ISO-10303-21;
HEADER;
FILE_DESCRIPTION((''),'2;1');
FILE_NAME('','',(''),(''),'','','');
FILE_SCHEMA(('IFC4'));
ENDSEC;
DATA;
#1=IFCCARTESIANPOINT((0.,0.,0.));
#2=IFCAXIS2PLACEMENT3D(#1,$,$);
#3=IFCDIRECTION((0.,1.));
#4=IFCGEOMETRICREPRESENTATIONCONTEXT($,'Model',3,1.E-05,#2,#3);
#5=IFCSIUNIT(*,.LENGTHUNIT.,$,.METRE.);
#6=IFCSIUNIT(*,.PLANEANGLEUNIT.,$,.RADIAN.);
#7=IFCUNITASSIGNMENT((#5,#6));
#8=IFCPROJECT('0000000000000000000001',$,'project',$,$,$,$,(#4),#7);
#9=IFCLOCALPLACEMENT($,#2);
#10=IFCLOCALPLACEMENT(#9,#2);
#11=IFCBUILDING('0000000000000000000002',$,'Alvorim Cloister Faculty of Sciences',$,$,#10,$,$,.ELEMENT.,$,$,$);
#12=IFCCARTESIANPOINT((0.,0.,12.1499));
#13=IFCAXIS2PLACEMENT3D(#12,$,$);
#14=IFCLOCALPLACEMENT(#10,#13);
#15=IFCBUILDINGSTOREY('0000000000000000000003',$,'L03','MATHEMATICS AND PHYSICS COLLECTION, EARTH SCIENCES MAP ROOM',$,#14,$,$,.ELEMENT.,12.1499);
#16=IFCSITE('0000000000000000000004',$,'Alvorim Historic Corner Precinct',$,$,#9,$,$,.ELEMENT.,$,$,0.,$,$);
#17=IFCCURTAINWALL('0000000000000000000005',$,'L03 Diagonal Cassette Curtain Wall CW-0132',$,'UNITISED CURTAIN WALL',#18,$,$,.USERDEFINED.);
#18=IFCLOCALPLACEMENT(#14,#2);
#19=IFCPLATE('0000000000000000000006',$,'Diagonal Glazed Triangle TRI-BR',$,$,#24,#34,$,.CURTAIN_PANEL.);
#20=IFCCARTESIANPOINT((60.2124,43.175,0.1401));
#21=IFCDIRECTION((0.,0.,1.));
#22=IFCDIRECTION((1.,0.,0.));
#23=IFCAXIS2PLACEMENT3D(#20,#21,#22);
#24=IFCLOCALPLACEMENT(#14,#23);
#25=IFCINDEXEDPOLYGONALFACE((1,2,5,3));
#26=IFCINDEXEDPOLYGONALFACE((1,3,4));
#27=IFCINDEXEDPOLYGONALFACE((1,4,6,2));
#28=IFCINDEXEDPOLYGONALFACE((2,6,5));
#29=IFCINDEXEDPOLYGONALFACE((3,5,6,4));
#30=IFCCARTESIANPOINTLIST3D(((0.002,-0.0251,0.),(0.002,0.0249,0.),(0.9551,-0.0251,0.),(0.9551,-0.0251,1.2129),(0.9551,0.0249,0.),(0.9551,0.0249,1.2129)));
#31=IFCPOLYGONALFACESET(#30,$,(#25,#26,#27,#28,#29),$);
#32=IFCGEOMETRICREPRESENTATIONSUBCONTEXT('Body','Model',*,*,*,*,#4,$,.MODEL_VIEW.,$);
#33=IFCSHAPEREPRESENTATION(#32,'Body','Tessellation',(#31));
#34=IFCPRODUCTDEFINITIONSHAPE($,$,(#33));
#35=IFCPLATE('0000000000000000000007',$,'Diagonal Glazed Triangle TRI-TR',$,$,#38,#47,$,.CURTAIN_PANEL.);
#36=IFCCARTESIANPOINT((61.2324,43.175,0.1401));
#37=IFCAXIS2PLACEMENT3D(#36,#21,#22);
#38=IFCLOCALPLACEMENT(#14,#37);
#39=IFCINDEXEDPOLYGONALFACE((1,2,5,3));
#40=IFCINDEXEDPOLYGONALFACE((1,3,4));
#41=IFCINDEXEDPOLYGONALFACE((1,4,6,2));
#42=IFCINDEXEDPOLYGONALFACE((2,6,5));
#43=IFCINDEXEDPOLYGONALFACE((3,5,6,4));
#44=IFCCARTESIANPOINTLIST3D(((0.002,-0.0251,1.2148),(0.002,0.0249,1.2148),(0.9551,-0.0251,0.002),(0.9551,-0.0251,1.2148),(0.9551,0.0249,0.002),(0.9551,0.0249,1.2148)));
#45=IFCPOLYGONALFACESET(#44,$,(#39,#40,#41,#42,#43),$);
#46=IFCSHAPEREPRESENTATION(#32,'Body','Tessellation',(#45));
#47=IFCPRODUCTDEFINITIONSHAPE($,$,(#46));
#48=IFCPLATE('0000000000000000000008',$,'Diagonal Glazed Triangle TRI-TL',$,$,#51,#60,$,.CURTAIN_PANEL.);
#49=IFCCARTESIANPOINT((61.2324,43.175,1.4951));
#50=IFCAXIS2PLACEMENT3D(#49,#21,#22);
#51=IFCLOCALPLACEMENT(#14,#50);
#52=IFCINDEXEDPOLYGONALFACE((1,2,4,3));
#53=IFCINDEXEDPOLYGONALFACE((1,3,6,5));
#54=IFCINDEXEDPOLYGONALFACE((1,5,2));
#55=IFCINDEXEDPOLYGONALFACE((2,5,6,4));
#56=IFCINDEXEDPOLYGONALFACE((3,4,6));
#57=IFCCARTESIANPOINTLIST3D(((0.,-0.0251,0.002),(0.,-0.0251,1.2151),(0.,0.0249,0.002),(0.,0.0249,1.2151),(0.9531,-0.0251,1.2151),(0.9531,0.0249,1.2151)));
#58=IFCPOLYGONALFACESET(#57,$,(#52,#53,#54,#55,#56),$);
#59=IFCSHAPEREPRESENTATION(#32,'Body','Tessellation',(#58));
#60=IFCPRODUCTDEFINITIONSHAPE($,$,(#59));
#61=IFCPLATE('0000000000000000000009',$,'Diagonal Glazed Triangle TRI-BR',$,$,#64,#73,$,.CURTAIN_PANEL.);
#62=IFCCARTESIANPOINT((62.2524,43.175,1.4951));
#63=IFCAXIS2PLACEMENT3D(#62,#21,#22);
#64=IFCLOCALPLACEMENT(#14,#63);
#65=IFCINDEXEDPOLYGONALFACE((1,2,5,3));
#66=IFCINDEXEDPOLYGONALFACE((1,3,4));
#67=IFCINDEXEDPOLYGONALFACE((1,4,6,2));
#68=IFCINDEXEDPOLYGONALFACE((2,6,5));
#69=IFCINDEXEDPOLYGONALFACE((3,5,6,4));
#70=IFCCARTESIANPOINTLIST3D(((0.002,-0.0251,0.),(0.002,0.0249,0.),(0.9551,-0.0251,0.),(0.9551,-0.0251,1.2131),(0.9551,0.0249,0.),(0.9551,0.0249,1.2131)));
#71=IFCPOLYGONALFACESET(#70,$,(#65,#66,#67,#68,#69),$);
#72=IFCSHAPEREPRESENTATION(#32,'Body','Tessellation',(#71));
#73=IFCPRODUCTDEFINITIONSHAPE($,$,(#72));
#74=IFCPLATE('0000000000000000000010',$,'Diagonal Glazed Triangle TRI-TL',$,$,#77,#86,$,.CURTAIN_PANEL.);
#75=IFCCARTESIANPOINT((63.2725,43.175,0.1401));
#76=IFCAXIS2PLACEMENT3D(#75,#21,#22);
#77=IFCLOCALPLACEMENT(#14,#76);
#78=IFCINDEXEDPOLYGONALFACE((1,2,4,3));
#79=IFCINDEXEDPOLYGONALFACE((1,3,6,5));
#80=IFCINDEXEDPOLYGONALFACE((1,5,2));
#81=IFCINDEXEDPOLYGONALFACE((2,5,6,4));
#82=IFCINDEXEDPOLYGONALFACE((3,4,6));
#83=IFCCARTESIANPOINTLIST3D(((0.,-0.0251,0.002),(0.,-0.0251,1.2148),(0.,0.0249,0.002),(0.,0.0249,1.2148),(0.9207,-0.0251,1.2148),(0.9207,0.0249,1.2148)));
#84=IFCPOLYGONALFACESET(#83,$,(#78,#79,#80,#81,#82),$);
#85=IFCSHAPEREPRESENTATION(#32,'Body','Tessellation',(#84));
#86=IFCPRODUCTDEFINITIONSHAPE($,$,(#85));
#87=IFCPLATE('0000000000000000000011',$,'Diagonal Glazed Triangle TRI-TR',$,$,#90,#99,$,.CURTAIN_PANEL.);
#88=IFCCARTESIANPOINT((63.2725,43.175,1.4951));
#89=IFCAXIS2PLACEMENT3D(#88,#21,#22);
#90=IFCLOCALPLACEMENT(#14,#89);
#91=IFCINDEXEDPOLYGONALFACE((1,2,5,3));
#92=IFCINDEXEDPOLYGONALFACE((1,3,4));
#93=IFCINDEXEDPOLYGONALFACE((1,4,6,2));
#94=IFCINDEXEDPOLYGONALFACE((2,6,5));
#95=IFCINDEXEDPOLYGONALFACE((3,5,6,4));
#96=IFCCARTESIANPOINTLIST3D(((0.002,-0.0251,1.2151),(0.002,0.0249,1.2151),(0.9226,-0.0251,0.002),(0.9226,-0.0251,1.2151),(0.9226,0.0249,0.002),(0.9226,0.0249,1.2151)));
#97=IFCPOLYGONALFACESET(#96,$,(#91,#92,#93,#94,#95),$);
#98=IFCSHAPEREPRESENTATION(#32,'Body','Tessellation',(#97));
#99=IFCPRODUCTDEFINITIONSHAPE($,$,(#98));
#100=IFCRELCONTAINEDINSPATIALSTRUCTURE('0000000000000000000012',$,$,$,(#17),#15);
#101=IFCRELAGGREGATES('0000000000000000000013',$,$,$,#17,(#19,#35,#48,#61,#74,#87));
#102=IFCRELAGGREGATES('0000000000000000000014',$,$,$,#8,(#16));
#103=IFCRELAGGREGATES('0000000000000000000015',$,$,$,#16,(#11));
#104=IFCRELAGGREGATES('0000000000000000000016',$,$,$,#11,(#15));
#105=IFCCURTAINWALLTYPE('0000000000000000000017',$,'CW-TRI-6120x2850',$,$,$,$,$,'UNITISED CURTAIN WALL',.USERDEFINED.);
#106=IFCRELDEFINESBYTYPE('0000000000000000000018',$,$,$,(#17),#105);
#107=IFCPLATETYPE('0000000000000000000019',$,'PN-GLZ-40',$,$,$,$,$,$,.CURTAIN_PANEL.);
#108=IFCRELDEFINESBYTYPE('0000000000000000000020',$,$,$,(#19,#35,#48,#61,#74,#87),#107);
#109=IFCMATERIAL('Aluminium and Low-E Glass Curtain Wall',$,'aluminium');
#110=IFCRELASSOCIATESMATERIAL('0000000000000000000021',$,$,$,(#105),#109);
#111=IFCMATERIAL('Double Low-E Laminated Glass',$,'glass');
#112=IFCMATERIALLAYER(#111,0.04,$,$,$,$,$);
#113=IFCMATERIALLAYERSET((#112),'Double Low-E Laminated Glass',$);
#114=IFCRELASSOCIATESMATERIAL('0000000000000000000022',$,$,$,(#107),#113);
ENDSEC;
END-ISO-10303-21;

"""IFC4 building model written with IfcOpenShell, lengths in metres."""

from ifc_helpers import new_model, si_unit, direction, frame, origin, place, context, subcontext, project, spatial, polyline, outline, extrude, material, layer, layer_set, type_object, element, aggregate, save


model = new_model("IFC4")

# Units and contexts
model_context = context("Model", 3, precision=1e-05, world=origin(), true_north=direction((0.0, 1.0)))
body_context = subcontext(model_context, "Body", "Model", "MODEL_VIEW")
ifc_project = project(units=[si_unit("LENGTHUNIT", "METRE"), si_unit("PLANEANGLEUNIT", "RADIAN")], contexts=[model_context])

# Site, building, storey
site_placement = place(None, origin())
site = spatial("IfcSite", under=ifc_project, at=site_placement, Name="Alvorim Historic Corner Precinct", CompositionType="ELEMENT", RefElevation=0.0)
building_placement = place(site_placement, origin())
building = spatial("IfcBuilding", under=site, at=building_placement, Name="Alvorim Cloister Faculty of Sciences", CompositionType="ELEMENT")
storey_placement = place(building_placement, frame((0.0, 0.0, 12.1499)))
storey = spatial("IfcBuildingStorey", under=building, at=storey_placement, Name="L03", Description="MATHEMATICS AND PHYSICS COLLECTION, EARTH SCIENCES MAP ROOM", CompositionType="ELEMENT", Elevation=12.1499)

# Curtain wall, plates
ifc_material_1 = material(Name="Aluminium and Low-E Glass Curtain Wall", Category="aluminium")
curtain_wall_type = type_object("IfcCurtainWallType", Name="CW-TRI-6120x2850", ElementType="UNITISED CURTAIN WALL", PredefinedType="USERDEFINED", material=ifc_material_1)
curtain_wall_placement = place(storey_placement, origin())
curtain_wall = element("IfcCurtainWall", 1, at=curtain_wall_placement, inside=storey, type_object=curtain_wall_type, Name="L03 Diagonal Cassette Curtain Wall CW-0132", ObjectType="UNITISED CURTAIN WALL", PredefinedType="USERDEFINED")
ifc_material_2 = material(Name="Double Low-E Laminated Glass", Category="glass")
ifc_layer = layer(ifc_material_2, 0.04)
ifc_layer_set = layer_set([ifc_layer], Name="Double Low-E Laminated Glass")
plate_type = type_object("IfcPlateType", Name="PN-GLZ-40", PredefinedType="CURTAIN_PANEL", material=ifc_layer_set)
plate_1_placement = place(storey_placement, frame((60.2124, 43.175, 0.1401), z_axis=(0.0, 0.0, 1.0), x_axis=(1.0, 0.0, 0.0)))
plate_1 = element("IfcPlate", 2, at=plate_1_placement, type_object=plate_type, Name="Diagonal Glazed Triangle TRI-BR", PredefinedType="CURTAIN_PANEL", context=body_context, shape_type="SweptSolid", body=[
    extrude(outline(polyline([(0.002, 0.0), (0.9551, 0.0), (0.9551, 1.2129), (0.002, 0.0)])), frame((0.0, 0.0249, 0.0), z_axis=(0.0, -1.0, 0.0), x_axis=(1.0, 0.0, 0.0)), (0.0, 0.0, 1.0), 0.05),
])
plate_2_placement = place(storey_placement, frame((61.2324, 43.175, 0.1401), z_axis=(0.0, 0.0, 1.0), x_axis=(1.0, 0.0, 0.0)))
plate_2 = element("IfcPlate", 3, at=plate_2_placement, type_object=plate_type, Name="Diagonal Glazed Triangle TRI-TR", PredefinedType="CURTAIN_PANEL", context=body_context, shape_type="SweptSolid", body=[
    extrude(outline(polyline([(0.9551, 0.002), (0.9551, 1.2148), (0.002, 1.2148), (0.9551, 0.002)])), frame((0.0, 0.0249, 0.0), z_axis=(0.0, -1.0, 0.0), x_axis=(1.0, 0.0, 0.0)), (0.0, 0.0, 1.0), 0.05),
])
plate_3_placement = place(storey_placement, frame((61.2324, 43.175, 1.4951), z_axis=(0.0, 0.0, 1.0), x_axis=(1.0, 0.0, 0.0)))
plate_3 = element("IfcPlate", 4, at=plate_3_placement, type_object=plate_type, Name="Diagonal Glazed Triangle TRI-TL", PredefinedType="CURTAIN_PANEL", context=body_context, shape_type="SweptSolid", body=[
    extrude(outline(polyline([(0.9531, 1.2151), (0.0, 1.2151), (0.0, 0.002), (0.9531, 1.2151)])), frame((0.0, 0.0249, 0.0), z_axis=(0.0, -1.0, 0.0), x_axis=(1.0, 0.0, 0.0)), (0.0, 0.0, 1.0), 0.05),
])
plate_4_placement = place(storey_placement, frame((62.2524, 43.175, 1.4951), z_axis=(0.0, 0.0, 1.0), x_axis=(1.0, 0.0, 0.0)))
plate_4 = element("IfcPlate", 5, at=plate_4_placement, type_object=plate_type, Name="Diagonal Glazed Triangle TRI-BR", PredefinedType="CURTAIN_PANEL", context=body_context, shape_type="SweptSolid", body=[
    extrude(outline(polyline([(0.002, 0.0), (0.9551, 0.0), (0.9551, 1.2131), (0.002, 0.0)])), frame((0.0, 0.0249, 0.0), z_axis=(0.0, -1.0, 0.0), x_axis=(1.0, 0.0, 0.0)), (0.0, 0.0, 1.0), 0.05),
])
plate_5_placement = place(storey_placement, frame((63.2725, 43.175, 0.1401), z_axis=(0.0, 0.0, 1.0), x_axis=(1.0, 0.0, 0.0)))
plate_5 = element("IfcPlate", 6, at=plate_5_placement, type_object=plate_type, Name="Diagonal Glazed Triangle TRI-TL", PredefinedType="CURTAIN_PANEL", context=body_context, shape_type="SweptSolid", body=[
    extrude(outline(polyline([(0.9207, 1.2148), (0.0, 1.2148), (0.0, 0.002), (0.9207, 1.2148)])), frame((0.0, 0.0249, 0.0), z_axis=(0.0, -1.0, 0.0), x_axis=(1.0, 0.0, 0.0)), (0.0, 0.0, 1.0), 0.05),
])
plate_6_placement = place(storey_placement, frame((63.2725, 43.175, 1.4951), z_axis=(0.0, 0.0, 1.0), x_axis=(1.0, 0.0, 0.0)))
plate_6 = element("IfcPlate", 7, at=plate_6_placement, type_object=plate_type, Name="Diagonal Glazed Triangle TRI-TR", PredefinedType="CURTAIN_PANEL", context=body_context, shape_type="SweptSolid", body=[
    extrude(outline(polyline([(0.9226, 0.002), (0.9226, 1.2151), (0.002, 1.2151), (0.9226, 0.002)])), frame((0.0, 0.0249, 0.0), z_axis=(0.0, -1.0, 0.0), x_axis=(1.0, 0.0, 0.0)), (0.0, 0.0, 1.0), 0.05),
])
aggregate(curtain_wall, [plate_1, plate_2, plate_3, plate_4, plate_5, plate_6])

save(model, "model.ifc")
